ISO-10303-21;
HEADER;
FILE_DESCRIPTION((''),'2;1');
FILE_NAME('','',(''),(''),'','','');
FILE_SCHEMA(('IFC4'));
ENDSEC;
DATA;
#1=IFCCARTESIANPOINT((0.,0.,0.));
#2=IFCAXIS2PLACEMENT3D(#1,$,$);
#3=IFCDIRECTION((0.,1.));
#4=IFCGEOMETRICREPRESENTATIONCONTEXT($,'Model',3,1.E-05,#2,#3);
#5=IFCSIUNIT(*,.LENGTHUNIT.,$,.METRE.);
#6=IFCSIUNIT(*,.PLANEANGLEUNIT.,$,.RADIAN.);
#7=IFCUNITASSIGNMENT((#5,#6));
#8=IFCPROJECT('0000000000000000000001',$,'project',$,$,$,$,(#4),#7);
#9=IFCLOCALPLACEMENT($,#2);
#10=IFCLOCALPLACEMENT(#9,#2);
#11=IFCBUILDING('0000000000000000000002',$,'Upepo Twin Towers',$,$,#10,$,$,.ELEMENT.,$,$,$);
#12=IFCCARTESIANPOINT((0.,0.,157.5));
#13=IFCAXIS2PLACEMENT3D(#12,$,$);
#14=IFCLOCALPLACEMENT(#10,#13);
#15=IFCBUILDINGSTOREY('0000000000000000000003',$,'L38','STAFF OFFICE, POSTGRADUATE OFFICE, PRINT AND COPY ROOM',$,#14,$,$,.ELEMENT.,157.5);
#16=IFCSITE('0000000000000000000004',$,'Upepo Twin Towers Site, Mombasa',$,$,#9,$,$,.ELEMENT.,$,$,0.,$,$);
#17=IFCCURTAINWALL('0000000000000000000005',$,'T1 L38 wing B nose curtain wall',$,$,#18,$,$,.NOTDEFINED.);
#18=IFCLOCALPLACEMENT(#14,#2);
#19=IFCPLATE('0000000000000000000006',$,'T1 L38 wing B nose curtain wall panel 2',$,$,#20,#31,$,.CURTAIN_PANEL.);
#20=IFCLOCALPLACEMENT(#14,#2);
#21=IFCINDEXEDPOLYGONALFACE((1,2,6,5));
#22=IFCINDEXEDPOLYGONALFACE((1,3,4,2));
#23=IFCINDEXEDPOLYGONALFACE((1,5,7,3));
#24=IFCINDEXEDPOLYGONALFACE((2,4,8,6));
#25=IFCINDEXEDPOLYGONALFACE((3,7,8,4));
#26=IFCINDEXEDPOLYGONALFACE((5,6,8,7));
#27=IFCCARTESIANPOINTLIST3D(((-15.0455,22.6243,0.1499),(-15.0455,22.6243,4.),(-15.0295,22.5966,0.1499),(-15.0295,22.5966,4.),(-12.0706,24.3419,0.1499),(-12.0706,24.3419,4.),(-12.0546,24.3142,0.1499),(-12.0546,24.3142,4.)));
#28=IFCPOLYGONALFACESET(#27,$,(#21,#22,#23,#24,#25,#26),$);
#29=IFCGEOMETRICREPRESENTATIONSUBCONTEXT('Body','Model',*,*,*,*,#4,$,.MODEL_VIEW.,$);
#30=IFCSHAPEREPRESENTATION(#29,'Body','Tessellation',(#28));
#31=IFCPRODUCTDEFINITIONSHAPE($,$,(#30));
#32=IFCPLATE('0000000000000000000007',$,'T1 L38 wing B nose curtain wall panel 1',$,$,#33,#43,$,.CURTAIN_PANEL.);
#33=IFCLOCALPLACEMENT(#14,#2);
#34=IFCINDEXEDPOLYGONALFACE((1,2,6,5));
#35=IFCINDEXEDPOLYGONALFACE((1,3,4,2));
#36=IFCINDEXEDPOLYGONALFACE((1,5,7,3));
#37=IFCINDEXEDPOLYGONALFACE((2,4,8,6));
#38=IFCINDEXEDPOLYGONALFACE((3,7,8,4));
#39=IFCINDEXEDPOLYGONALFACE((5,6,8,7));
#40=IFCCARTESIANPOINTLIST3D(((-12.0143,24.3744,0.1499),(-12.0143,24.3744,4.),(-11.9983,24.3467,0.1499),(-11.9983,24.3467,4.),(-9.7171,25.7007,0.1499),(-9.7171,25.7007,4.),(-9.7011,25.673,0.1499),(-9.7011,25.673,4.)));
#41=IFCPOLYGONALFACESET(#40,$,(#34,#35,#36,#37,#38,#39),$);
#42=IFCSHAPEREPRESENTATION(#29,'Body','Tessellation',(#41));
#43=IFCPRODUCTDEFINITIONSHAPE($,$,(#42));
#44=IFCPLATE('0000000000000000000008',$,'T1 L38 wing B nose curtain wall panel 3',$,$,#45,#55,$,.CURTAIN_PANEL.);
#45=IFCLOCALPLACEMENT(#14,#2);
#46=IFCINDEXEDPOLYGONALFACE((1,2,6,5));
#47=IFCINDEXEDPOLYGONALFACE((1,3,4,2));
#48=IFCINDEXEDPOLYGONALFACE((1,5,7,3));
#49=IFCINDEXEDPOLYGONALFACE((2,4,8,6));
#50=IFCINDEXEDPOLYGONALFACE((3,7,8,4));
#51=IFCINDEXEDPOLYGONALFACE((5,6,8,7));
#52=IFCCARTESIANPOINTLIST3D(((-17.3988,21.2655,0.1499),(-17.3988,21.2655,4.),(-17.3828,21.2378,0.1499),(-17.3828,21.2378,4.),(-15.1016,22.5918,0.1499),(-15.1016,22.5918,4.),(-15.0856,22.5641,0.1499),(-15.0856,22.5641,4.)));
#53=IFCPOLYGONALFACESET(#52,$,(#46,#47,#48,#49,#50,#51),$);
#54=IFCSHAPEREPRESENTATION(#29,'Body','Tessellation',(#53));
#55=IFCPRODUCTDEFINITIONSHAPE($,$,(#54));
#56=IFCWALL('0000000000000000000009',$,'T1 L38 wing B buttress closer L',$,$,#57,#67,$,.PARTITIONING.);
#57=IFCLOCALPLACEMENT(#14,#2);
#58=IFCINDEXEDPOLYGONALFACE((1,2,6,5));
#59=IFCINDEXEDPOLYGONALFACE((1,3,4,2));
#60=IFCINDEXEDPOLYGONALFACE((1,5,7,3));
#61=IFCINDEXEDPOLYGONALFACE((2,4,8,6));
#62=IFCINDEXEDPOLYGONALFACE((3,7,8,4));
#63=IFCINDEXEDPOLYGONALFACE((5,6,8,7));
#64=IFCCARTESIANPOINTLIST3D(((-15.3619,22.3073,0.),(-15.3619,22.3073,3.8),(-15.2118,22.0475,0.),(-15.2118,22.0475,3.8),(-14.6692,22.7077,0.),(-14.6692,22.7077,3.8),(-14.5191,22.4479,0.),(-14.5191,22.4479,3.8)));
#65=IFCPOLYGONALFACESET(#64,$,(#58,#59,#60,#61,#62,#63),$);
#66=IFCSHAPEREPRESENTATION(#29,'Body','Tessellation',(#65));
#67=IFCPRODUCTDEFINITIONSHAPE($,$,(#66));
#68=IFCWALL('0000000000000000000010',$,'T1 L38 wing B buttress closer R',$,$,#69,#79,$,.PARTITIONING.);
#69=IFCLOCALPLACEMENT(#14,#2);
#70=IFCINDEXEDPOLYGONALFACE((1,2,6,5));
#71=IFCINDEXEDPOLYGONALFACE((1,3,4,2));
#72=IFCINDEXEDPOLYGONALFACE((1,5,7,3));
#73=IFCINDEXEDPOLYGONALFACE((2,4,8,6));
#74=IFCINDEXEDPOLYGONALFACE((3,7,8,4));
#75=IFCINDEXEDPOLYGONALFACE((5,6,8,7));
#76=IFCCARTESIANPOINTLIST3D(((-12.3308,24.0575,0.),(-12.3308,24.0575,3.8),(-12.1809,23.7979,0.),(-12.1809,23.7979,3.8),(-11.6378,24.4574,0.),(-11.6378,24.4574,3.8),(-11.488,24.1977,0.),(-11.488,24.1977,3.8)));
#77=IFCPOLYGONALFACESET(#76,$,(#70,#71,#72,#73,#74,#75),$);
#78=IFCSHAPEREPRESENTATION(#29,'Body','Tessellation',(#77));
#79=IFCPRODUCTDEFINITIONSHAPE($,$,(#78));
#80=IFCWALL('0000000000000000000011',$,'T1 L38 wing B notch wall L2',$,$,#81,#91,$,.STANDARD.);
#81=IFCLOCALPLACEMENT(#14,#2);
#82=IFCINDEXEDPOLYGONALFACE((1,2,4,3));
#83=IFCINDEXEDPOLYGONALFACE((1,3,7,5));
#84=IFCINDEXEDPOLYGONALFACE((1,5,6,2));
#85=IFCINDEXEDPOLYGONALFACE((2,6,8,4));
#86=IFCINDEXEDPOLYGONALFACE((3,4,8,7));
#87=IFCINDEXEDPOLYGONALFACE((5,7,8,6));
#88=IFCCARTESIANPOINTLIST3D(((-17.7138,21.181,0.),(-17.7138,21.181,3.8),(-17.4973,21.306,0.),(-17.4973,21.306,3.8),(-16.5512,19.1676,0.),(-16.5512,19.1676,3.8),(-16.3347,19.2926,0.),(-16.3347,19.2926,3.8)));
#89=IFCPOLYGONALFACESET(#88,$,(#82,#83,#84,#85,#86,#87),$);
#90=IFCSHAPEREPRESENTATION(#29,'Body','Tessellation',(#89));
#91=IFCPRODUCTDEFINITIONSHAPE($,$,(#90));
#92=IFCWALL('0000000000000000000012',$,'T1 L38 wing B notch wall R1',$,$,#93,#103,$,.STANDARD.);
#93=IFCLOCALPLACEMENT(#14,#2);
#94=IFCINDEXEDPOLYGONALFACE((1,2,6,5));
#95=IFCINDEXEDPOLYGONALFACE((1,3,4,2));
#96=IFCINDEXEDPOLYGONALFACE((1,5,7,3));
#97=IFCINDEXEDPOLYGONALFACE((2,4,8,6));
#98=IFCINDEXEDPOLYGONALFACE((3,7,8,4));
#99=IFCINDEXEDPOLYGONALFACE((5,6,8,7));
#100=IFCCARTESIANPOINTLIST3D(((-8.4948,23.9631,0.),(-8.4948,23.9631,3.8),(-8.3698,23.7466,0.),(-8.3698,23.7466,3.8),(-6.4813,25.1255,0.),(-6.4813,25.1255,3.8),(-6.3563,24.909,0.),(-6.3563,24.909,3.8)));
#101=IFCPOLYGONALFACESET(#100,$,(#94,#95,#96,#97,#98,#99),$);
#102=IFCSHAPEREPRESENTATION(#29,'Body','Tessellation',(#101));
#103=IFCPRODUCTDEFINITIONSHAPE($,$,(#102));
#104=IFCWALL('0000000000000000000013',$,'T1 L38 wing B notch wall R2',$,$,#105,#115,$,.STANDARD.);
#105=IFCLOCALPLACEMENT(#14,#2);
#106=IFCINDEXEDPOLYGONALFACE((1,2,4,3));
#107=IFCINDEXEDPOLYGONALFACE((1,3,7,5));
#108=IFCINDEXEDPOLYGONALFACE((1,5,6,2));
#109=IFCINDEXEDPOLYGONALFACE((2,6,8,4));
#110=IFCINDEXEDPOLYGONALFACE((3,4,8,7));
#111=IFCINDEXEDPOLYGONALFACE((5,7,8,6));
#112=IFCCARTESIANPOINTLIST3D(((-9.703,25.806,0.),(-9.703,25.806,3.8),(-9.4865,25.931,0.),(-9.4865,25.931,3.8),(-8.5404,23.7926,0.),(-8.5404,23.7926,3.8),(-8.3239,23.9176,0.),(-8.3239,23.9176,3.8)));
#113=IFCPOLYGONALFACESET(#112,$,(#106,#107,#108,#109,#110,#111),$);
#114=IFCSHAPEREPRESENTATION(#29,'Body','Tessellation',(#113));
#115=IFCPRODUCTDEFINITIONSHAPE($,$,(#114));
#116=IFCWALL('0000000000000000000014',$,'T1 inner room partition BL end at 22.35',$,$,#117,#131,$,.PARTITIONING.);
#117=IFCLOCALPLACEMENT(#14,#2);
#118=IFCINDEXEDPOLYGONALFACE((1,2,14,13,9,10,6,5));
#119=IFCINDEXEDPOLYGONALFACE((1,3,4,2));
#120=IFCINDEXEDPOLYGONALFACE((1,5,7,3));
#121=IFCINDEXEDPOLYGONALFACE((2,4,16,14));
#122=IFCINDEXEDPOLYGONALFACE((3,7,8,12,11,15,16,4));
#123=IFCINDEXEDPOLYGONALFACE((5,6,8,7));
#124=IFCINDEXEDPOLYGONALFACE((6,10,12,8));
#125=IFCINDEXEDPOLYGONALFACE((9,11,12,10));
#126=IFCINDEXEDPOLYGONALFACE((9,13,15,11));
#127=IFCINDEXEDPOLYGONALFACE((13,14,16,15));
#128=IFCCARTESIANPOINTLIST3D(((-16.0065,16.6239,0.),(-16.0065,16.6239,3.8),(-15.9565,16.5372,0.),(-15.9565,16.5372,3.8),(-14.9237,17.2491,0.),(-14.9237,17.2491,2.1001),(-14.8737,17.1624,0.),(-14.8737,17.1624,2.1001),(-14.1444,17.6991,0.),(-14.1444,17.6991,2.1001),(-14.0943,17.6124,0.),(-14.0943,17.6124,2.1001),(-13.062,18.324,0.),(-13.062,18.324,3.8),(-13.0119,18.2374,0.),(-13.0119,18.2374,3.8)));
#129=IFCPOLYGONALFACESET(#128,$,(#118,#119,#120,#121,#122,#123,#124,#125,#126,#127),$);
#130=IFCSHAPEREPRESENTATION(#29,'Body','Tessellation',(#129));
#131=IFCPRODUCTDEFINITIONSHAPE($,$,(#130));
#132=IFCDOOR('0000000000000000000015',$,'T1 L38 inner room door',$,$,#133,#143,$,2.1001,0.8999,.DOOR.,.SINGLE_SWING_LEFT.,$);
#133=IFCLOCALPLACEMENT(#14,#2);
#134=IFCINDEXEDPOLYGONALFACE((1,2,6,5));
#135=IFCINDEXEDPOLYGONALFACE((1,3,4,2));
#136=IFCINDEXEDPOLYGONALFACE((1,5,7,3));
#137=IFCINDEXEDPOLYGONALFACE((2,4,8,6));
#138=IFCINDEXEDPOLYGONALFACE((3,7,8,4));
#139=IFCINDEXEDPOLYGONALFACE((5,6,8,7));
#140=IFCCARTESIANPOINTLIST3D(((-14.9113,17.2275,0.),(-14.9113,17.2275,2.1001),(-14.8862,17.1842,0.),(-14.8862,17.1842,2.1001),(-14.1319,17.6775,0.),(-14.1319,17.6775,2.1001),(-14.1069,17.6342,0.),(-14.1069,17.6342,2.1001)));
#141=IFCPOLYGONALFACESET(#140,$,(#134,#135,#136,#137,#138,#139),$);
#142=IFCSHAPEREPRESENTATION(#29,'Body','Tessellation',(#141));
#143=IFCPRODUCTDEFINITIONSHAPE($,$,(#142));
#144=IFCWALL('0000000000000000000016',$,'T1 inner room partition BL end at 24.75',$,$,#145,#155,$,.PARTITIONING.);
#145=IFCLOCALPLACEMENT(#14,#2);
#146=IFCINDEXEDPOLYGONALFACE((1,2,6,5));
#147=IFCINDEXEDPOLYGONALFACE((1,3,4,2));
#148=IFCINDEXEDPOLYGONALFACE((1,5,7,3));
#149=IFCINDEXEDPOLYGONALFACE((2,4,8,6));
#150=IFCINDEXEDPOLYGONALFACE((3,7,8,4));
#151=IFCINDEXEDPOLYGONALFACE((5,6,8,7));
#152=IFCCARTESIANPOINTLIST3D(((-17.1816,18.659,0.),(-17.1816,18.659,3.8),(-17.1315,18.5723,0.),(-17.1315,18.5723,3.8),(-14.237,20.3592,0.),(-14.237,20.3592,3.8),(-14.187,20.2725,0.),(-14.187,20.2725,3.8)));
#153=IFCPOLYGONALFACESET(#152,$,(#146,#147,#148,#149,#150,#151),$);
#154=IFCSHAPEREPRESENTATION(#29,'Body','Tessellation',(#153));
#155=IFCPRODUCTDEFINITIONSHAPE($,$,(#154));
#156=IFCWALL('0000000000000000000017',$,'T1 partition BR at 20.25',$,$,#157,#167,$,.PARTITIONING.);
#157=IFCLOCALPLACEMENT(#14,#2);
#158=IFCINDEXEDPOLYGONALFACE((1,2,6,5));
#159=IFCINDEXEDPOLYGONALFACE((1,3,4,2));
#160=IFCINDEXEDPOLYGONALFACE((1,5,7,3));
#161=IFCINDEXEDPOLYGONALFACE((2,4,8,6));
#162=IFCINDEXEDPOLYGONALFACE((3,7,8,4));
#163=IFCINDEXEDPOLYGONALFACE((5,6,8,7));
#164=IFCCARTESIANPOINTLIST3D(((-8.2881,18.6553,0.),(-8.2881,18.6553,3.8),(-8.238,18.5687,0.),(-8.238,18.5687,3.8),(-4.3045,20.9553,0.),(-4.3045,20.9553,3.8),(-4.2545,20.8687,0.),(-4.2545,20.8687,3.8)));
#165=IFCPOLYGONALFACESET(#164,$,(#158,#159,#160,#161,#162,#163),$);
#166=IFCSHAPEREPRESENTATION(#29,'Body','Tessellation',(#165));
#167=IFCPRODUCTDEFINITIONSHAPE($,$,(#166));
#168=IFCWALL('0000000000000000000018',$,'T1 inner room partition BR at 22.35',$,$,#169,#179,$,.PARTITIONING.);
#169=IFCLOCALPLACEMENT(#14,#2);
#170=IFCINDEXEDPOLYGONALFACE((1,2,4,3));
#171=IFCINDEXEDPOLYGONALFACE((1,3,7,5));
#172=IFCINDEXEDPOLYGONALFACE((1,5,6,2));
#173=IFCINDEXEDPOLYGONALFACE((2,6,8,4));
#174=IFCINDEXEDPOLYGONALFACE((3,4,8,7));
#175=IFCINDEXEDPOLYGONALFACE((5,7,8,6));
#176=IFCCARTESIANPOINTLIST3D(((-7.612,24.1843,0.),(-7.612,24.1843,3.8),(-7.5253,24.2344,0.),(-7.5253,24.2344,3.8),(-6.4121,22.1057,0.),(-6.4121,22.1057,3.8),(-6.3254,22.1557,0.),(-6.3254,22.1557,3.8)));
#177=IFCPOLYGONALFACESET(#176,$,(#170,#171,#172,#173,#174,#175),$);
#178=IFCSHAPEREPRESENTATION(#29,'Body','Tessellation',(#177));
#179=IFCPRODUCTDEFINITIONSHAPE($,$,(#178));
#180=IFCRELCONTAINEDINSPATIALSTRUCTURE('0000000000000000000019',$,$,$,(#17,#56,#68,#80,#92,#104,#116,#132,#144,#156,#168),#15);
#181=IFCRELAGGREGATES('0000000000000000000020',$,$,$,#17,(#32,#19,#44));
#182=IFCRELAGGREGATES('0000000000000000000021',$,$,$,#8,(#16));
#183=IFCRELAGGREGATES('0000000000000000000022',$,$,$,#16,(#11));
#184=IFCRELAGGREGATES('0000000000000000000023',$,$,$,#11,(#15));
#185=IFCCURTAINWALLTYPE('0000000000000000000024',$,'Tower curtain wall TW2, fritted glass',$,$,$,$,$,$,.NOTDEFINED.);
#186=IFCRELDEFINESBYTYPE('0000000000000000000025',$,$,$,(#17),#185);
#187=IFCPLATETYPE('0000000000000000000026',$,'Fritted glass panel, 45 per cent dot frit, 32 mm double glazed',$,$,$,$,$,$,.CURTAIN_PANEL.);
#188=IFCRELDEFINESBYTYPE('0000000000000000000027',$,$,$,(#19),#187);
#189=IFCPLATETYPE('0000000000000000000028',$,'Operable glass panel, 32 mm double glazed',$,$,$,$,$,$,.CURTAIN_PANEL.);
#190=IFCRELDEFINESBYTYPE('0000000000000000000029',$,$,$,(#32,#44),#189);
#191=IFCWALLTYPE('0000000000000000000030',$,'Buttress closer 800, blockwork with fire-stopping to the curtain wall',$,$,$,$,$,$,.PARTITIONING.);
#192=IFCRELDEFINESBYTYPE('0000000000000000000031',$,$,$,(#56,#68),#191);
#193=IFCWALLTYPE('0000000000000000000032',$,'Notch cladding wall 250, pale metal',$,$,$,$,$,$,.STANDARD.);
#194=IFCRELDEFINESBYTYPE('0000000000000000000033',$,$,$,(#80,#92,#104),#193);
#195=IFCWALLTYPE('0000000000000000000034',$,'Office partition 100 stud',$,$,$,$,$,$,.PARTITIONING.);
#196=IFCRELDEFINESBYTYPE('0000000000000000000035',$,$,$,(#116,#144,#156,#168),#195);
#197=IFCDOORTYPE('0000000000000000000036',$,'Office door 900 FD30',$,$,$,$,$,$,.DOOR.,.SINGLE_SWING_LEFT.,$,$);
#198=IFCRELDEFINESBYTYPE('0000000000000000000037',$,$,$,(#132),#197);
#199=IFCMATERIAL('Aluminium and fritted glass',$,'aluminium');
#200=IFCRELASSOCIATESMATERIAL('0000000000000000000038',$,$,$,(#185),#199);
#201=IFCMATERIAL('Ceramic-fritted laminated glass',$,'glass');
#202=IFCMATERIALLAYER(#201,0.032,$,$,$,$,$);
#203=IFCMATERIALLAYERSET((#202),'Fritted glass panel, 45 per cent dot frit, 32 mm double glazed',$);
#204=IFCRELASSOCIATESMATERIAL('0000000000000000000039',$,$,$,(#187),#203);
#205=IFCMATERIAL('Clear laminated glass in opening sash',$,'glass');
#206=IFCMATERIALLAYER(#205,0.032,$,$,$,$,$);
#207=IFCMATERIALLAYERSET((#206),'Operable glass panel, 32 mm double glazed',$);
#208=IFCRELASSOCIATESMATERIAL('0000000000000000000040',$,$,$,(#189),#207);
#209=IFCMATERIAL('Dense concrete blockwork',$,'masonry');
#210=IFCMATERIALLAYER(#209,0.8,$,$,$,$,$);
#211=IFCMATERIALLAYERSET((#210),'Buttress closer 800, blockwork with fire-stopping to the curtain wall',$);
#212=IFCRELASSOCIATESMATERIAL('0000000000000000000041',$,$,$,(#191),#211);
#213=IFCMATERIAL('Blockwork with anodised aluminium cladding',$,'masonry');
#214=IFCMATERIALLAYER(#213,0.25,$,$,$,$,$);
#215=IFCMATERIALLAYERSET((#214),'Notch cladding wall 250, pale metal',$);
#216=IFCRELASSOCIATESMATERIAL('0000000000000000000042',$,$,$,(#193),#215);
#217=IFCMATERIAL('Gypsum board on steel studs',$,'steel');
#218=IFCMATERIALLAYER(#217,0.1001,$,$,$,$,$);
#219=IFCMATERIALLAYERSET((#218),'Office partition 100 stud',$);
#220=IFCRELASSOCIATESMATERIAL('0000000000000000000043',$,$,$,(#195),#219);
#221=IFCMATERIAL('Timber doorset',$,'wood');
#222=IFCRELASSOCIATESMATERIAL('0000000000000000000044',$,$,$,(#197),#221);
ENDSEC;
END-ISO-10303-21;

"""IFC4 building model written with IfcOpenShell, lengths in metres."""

from ifc_helpers import new_model, si_unit, direction, frame, frame_2d, origin, origin_2d, place, context, subcontext, project, spatial, rectangle, extrude, material, layer, layer_set, type_object, element, fill, aggregate, save


model = new_model("IFC4")

# Units and contexts
model_context = context("Model", 3, precision=1e-05, world=origin(), true_north=direction((0.0, 1.0)))
body_context = subcontext(model_context, "Body", "Model", "MODEL_VIEW")
ifc_project = project(units=[si_unit("LENGTHUNIT", "METRE"), si_unit("PLANEANGLEUNIT", "RADIAN")], contexts=[model_context])

# Site, building, storey
site_placement = place(None, origin())
site = spatial("IfcSite", under=ifc_project, at=site_placement, Name="Upepo Twin Towers Site, Mombasa", CompositionType="ELEMENT", RefElevation=0.0)
building_placement = place(site_placement, origin())
building = spatial("IfcBuilding", under=site, at=building_placement, Name="Upepo Twin Towers", CompositionType="ELEMENT")
storey_placement = place(building_placement, frame((0.0, 0.0, 157.5)))
storey = spatial("IfcBuildingStorey", under=building, at=storey_placement, Name="L38", Description="STAFF OFFICE, POSTGRADUATE OFFICE, PRINT AND COPY ROOM", CompositionType="ELEMENT", Elevation=157.5)

# Shared definitions
ifc_material_1 = material(Name="Aluminium and fritted glass", Category="aluminium")
curtain_wall_type = type_object("IfcCurtainWallType", Name="Tower curtain wall TW2, fritted glass", PredefinedType="NOTDEFINED", material=ifc_material_1)

# Curtain wall
curtain_wall_1_placement = place(storey_placement, origin())
curtain_wall_1 = element("IfcCurtainWall", 1, at=curtain_wall_1_placement, inside=storey, type_object=curtain_wall_type, Name="T1 L38 wing B nose curtain wall", PredefinedType="NOTDEFINED")

# Plates
ifc_material_2 = material(Name="Ceramic-fritted laminated glass", Category="glass")
ifc_layer_1 = layer(ifc_material_2, 0.032)
ifc_layer_set_1 = layer_set([ifc_layer_1], Name="Fritted glass panel, 45 per cent dot frit, 32 mm double glazed")
plate_type_1 = type_object("IfcPlateType", Name="Fritted glass panel, 45 per cent dot frit, 32 mm double glazed", PredefinedType="CURTAIN_PANEL", material=ifc_layer_set_1)
plate_1_placement = place(storey_placement, frame((-13.55, 23.4692, 0.1499), z_axis=(0.0, 0.0, 1.0), x_axis=(-0.866025, -0.5, 0.0)))
plate_1 = element("IfcPlate", 2, at=plate_1_placement, type_object=plate_type_1, Name="T1 L38 wing B nose curtain wall panel 2", PredefinedType="CURTAIN_PANEL", context=body_context, shape_type="SweptSolid", body=[
    extrude(rectangle(XDim=3.4351, YDim=0.032, at=origin_2d()), origin(), (0.0, 0.0, 1.0), 3.8501),
])
ifc_material_3 = material(Name="Clear laminated glass in opening sash", Category="glass")
ifc_layer_2 = layer(ifc_material_3, 0.032)
ifc_layer_set_2 = layer_set([ifc_layer_2], Name="Operable glass panel, 32 mm double glazed")
plate_type_2 = type_object("IfcPlateType", Name="Operable glass panel, 32 mm double glazed", PredefinedType="CURTAIN_PANEL", material=ifc_layer_set_2)
plate_2_placement = place(storey_placement, frame((-10.8577, 25.0237, 0.1499), z_axis=(0.0, 0.0, 1.0), x_axis=(-0.866025, -0.5, 0.0)))
plate_2 = element("IfcPlate", 3, at=plate_2_placement, type_object=plate_type_2, Name="T1 L38 wing B nose curtain wall panel 1", PredefinedType="CURTAIN_PANEL", context=body_context, shape_type="SweptSolid", body=[
    extrude(rectangle(XDim=2.6526, YDim=0.032, at=origin_2d()), origin(), (0.0, 0.0, 1.0), 3.8501),
])
plate_3_placement = place(storey_placement, frame((-16.2422, 21.9148, 0.1499), z_axis=(0.0, 0.0, 1.0), x_axis=(-0.866025, -0.5, 0.0)))
plate_3 = element("IfcPlate", 4, at=plate_3_placement, type_object=plate_type_2, Name="T1 L38 wing B nose curtain wall panel 3", PredefinedType="CURTAIN_PANEL", context=body_context, shape_type="SweptSolid", body=[
    extrude(rectangle(XDim=2.6526, YDim=0.032, at=origin_2d()), origin(), (0.0, 0.0, 1.0), 3.8501),
])
aggregate(curtain_wall_1, [plate_2, plate_1, plate_3])

# Walls
ifc_material_4 = material(Name="Dense concrete blockwork", Category="masonry")
ifc_layer_3 = layer(ifc_material_4, 0.8)
ifc_layer_set_3 = layer_set([ifc_layer_3], Name="Buttress closer 800, blockwork with fire-stopping to the curtain wall")
wall_type_1 = type_object("IfcWallType", Name="Buttress closer 800, blockwork with fire-stopping to the curtain wall", PredefinedType="PARTITIONING", material=ifc_layer_set_3)
wall_1_placement = place(storey_placement, frame((-14.8655, 22.2478, 0.0), z_axis=(0.0, 0.0, 1.0), x_axis=(-0.500427, 0.865779, 0.0)))
element("IfcWall", 5, at=wall_1_placement, inside=storey, type_object=wall_type_1, Name="T1 L38 wing B buttress closer L", PredefinedType="PARTITIONING", context=body_context, shape_type="SweptSolid", body=[
    extrude(rectangle(XDim=0.3, YDim=0.8, at=frame_2d((0.1499, 0.0))), origin(), (0.0, 0.0, 1.0), 3.8),
])
wall_2_placement = place(storey_placement, frame((-11.8345, 23.9978, 0.0), z_axis=(0.0, 0.0, 1.0), x_axis=(-0.499816, 0.866131, 0.0)))
element("IfcWall", 6, at=wall_2_placement, inside=storey, type_object=wall_type_1, Name="T1 L38 wing B buttress closer R", PredefinedType="PARTITIONING", context=body_context, shape_type="SweptSolid", body=[
    extrude(rectangle(XDim=0.2998, YDim=0.8, at=frame_2d((0.1499, 0.0))), origin(), (0.0, 0.0, 1.0), 3.8),
])
ifc_material_5 = material(Name="Blockwork with anodised aluminium cladding", Category="masonry")
ifc_layer_4 = layer(ifc_material_5, 0.25)
ifc_layer_set_4 = layer_set([ifc_layer_4], Name="Notch cladding wall 250, pale metal")
wall_type_2 = type_object("IfcWallType", Name="Notch cladding wall 250, pale metal", PredefinedType="STANDARD", material=ifc_layer_set_4)
for number, where, z_axis, x_axis, name in (
    (7, (-16.4429, 19.23, 0.0), (0.0, 0.0, 1.0), (-0.500047, 0.865998, 0.0), "T1 L38 wing B notch wall L2"),
    (8, (-6.4187, 25.0173, 0.0), (0.0, 0.0, 1.0), (-0.866044, -0.499968, 0.0), "T1 L38 wing B notch wall R1"),
    (9, (-8.4321, 23.855, 0.0), (0.0, 0.0, 1.0), (-0.500047, 0.865998, 0.0), "T1 L38 wing B notch wall R2"),
):
    element("IfcWall", number, at=place(storey_placement, frame(where, z_axis=z_axis, x_axis=x_axis)), inside=storey, type_object=wall_type_2, Name=name, PredefinedType="STANDARD", context=body_context, shape_type="SweptSolid", body=[
        extrude(rectangle(XDim=2.325, YDim=0.25, at=frame_2d((1.1626, 0.0))), origin(), (0.0, 0.0, 1.0), 3.8),
    ])

# Wall, opening, door
ifc_material_6 = material(Name="Gypsum board on steel studs", Category="steel")
ifc_layer_5 = layer(ifc_material_6, 0.1001)
ifc_layer_set_5 = layer_set([ifc_layer_5], Name="Office partition 100 stud")
wall_type_3 = type_object("IfcWallType", Name="Office partition 100 stud", PredefinedType="PARTITIONING", material=ifc_layer_set_5)
wall_3_placement = place(storey_placement, frame((-13.0369, 18.2808, 0.0), z_axis=(0.0, 0.0, 1.0), x_axis=(-0.866007, -0.500031, 0.0)))
wall_3 = element("IfcWall", 10, at=wall_3_placement, inside=storey, type_object=wall_type_3, Name="T1 inner room partition BL end at 22.35", PredefinedType="PARTITIONING", context=body_context, shape_type="SweptSolid", body=[
    extrude(rectangle(XDim=3.4001, YDim=0.1001, at=frame_2d((1.7002, 0.0))), origin(), (0.0, 0.0, 1.0), 3.8),
])
opening_1_placement = place(wall_3_placement, frame((1.25, 0.0, 0.0)))
opening_1 = element("IfcOpeningElement", 11, at=opening_1_placement, cuts=wall_3, PredefinedType="OPENING", context=body_context, shape_type="SweptSolid", body=[
    extrude(rectangle(XDim=0.8999, YDim=2.1001, at=frame_2d((0.45, 1.05))), frame((0.0, 0.0601, 0.0), z_axis=(0.0, -1.0, 0.0), x_axis=(1.0, 0.0, 0.0)), (0.0, 0.0, 1.0), 0.1201),
])
ifc_material_7 = material(Name="Timber doorset", Category="wood")
door_type_1 = type_object("IfcDoorType", Name="Office door 900 FD30", OperationType="SINGLE_SWING_LEFT", PredefinedType="DOOR", material=ifc_material_7)
door_1_placement = place(opening_1_placement, origin())
door_1 = element("IfcDoor", 12, at=door_1_placement, inside=storey, type_object=door_type_1, Name="T1 L38 inner room door", OperationType="SINGLE_SWING_LEFT", OverallHeight=2.1001, OverallWidth=0.8999, PredefinedType="DOOR", context=body_context, shape_type="SweptSolid", body=[
    extrude(rectangle(XDim=0.8999, YDim=2.1001, at=frame_2d((0.45, 1.05))), frame((0.0, 0.0249, 0.0), z_axis=(0.0, -1.0, 0.0), x_axis=(1.0, 0.0, 0.0)), (0.0, 0.0, 1.0), 0.05),
])
fill(opening_1, door_1)

# Walls
wall_4_placement = place(storey_placement, frame((-14.2119, 20.3159, 0.0), z_axis=(0.0, 0.0, 1.0), x_axis=(-0.866007, -0.500031, 0.0)))
element("IfcWall", 13, at=wall_4_placement, inside=storey, type_object=wall_type_3, Name="T1 inner room partition BL end at 24.75", PredefinedType="PARTITIONING", context=body_context, shape_type="SweptSolid", body=[
    extrude(rectangle(XDim=3.4001, YDim=0.1001, at=frame_2d((1.7002, 0.0))), origin(), (0.0, 0.0, 1.0), 3.8),
])
wall_5_placement = place(storey_placement, frame((-8.2629, 18.6121, 0.0), z_axis=(0.0, 0.0, 1.0), x_axis=(0.866017, 0.500015, 0.0)))
element("IfcWall", 14, at=wall_5_placement, inside=storey, type_object=wall_type_3, Name="T1 partition BR at 20.25", PredefinedType="PARTITIONING", context=body_context, shape_type="SweptSolid", body=[
    extrude(rectangle(XDim=4.5999, YDim=0.1001, at=frame_2d((2.2998, 0.0))), origin(), (0.0, 0.0, 1.0), 3.8),
])
wall_6_placement = place(storey_placement, frame((-6.3687, 22.1306, 0.0), z_axis=(0.0, 0.0, 1.0), x_axis=(-0.499957, 0.86605, 0.0)))
element("IfcWall", 15, at=wall_6_placement, inside=storey, type_object=wall_type_3, Name="T1 inner room partition BR at 22.35", PredefinedType="PARTITIONING", context=body_context, shape_type="SweptSolid", body=[
    extrude(rectangle(XDim=2.4001, YDim=0.1001, at=frame_2d((1.2002, 0.0))), origin(), (0.0, 0.0, 1.0), 3.8),
])

save(model, "model.ifc")
